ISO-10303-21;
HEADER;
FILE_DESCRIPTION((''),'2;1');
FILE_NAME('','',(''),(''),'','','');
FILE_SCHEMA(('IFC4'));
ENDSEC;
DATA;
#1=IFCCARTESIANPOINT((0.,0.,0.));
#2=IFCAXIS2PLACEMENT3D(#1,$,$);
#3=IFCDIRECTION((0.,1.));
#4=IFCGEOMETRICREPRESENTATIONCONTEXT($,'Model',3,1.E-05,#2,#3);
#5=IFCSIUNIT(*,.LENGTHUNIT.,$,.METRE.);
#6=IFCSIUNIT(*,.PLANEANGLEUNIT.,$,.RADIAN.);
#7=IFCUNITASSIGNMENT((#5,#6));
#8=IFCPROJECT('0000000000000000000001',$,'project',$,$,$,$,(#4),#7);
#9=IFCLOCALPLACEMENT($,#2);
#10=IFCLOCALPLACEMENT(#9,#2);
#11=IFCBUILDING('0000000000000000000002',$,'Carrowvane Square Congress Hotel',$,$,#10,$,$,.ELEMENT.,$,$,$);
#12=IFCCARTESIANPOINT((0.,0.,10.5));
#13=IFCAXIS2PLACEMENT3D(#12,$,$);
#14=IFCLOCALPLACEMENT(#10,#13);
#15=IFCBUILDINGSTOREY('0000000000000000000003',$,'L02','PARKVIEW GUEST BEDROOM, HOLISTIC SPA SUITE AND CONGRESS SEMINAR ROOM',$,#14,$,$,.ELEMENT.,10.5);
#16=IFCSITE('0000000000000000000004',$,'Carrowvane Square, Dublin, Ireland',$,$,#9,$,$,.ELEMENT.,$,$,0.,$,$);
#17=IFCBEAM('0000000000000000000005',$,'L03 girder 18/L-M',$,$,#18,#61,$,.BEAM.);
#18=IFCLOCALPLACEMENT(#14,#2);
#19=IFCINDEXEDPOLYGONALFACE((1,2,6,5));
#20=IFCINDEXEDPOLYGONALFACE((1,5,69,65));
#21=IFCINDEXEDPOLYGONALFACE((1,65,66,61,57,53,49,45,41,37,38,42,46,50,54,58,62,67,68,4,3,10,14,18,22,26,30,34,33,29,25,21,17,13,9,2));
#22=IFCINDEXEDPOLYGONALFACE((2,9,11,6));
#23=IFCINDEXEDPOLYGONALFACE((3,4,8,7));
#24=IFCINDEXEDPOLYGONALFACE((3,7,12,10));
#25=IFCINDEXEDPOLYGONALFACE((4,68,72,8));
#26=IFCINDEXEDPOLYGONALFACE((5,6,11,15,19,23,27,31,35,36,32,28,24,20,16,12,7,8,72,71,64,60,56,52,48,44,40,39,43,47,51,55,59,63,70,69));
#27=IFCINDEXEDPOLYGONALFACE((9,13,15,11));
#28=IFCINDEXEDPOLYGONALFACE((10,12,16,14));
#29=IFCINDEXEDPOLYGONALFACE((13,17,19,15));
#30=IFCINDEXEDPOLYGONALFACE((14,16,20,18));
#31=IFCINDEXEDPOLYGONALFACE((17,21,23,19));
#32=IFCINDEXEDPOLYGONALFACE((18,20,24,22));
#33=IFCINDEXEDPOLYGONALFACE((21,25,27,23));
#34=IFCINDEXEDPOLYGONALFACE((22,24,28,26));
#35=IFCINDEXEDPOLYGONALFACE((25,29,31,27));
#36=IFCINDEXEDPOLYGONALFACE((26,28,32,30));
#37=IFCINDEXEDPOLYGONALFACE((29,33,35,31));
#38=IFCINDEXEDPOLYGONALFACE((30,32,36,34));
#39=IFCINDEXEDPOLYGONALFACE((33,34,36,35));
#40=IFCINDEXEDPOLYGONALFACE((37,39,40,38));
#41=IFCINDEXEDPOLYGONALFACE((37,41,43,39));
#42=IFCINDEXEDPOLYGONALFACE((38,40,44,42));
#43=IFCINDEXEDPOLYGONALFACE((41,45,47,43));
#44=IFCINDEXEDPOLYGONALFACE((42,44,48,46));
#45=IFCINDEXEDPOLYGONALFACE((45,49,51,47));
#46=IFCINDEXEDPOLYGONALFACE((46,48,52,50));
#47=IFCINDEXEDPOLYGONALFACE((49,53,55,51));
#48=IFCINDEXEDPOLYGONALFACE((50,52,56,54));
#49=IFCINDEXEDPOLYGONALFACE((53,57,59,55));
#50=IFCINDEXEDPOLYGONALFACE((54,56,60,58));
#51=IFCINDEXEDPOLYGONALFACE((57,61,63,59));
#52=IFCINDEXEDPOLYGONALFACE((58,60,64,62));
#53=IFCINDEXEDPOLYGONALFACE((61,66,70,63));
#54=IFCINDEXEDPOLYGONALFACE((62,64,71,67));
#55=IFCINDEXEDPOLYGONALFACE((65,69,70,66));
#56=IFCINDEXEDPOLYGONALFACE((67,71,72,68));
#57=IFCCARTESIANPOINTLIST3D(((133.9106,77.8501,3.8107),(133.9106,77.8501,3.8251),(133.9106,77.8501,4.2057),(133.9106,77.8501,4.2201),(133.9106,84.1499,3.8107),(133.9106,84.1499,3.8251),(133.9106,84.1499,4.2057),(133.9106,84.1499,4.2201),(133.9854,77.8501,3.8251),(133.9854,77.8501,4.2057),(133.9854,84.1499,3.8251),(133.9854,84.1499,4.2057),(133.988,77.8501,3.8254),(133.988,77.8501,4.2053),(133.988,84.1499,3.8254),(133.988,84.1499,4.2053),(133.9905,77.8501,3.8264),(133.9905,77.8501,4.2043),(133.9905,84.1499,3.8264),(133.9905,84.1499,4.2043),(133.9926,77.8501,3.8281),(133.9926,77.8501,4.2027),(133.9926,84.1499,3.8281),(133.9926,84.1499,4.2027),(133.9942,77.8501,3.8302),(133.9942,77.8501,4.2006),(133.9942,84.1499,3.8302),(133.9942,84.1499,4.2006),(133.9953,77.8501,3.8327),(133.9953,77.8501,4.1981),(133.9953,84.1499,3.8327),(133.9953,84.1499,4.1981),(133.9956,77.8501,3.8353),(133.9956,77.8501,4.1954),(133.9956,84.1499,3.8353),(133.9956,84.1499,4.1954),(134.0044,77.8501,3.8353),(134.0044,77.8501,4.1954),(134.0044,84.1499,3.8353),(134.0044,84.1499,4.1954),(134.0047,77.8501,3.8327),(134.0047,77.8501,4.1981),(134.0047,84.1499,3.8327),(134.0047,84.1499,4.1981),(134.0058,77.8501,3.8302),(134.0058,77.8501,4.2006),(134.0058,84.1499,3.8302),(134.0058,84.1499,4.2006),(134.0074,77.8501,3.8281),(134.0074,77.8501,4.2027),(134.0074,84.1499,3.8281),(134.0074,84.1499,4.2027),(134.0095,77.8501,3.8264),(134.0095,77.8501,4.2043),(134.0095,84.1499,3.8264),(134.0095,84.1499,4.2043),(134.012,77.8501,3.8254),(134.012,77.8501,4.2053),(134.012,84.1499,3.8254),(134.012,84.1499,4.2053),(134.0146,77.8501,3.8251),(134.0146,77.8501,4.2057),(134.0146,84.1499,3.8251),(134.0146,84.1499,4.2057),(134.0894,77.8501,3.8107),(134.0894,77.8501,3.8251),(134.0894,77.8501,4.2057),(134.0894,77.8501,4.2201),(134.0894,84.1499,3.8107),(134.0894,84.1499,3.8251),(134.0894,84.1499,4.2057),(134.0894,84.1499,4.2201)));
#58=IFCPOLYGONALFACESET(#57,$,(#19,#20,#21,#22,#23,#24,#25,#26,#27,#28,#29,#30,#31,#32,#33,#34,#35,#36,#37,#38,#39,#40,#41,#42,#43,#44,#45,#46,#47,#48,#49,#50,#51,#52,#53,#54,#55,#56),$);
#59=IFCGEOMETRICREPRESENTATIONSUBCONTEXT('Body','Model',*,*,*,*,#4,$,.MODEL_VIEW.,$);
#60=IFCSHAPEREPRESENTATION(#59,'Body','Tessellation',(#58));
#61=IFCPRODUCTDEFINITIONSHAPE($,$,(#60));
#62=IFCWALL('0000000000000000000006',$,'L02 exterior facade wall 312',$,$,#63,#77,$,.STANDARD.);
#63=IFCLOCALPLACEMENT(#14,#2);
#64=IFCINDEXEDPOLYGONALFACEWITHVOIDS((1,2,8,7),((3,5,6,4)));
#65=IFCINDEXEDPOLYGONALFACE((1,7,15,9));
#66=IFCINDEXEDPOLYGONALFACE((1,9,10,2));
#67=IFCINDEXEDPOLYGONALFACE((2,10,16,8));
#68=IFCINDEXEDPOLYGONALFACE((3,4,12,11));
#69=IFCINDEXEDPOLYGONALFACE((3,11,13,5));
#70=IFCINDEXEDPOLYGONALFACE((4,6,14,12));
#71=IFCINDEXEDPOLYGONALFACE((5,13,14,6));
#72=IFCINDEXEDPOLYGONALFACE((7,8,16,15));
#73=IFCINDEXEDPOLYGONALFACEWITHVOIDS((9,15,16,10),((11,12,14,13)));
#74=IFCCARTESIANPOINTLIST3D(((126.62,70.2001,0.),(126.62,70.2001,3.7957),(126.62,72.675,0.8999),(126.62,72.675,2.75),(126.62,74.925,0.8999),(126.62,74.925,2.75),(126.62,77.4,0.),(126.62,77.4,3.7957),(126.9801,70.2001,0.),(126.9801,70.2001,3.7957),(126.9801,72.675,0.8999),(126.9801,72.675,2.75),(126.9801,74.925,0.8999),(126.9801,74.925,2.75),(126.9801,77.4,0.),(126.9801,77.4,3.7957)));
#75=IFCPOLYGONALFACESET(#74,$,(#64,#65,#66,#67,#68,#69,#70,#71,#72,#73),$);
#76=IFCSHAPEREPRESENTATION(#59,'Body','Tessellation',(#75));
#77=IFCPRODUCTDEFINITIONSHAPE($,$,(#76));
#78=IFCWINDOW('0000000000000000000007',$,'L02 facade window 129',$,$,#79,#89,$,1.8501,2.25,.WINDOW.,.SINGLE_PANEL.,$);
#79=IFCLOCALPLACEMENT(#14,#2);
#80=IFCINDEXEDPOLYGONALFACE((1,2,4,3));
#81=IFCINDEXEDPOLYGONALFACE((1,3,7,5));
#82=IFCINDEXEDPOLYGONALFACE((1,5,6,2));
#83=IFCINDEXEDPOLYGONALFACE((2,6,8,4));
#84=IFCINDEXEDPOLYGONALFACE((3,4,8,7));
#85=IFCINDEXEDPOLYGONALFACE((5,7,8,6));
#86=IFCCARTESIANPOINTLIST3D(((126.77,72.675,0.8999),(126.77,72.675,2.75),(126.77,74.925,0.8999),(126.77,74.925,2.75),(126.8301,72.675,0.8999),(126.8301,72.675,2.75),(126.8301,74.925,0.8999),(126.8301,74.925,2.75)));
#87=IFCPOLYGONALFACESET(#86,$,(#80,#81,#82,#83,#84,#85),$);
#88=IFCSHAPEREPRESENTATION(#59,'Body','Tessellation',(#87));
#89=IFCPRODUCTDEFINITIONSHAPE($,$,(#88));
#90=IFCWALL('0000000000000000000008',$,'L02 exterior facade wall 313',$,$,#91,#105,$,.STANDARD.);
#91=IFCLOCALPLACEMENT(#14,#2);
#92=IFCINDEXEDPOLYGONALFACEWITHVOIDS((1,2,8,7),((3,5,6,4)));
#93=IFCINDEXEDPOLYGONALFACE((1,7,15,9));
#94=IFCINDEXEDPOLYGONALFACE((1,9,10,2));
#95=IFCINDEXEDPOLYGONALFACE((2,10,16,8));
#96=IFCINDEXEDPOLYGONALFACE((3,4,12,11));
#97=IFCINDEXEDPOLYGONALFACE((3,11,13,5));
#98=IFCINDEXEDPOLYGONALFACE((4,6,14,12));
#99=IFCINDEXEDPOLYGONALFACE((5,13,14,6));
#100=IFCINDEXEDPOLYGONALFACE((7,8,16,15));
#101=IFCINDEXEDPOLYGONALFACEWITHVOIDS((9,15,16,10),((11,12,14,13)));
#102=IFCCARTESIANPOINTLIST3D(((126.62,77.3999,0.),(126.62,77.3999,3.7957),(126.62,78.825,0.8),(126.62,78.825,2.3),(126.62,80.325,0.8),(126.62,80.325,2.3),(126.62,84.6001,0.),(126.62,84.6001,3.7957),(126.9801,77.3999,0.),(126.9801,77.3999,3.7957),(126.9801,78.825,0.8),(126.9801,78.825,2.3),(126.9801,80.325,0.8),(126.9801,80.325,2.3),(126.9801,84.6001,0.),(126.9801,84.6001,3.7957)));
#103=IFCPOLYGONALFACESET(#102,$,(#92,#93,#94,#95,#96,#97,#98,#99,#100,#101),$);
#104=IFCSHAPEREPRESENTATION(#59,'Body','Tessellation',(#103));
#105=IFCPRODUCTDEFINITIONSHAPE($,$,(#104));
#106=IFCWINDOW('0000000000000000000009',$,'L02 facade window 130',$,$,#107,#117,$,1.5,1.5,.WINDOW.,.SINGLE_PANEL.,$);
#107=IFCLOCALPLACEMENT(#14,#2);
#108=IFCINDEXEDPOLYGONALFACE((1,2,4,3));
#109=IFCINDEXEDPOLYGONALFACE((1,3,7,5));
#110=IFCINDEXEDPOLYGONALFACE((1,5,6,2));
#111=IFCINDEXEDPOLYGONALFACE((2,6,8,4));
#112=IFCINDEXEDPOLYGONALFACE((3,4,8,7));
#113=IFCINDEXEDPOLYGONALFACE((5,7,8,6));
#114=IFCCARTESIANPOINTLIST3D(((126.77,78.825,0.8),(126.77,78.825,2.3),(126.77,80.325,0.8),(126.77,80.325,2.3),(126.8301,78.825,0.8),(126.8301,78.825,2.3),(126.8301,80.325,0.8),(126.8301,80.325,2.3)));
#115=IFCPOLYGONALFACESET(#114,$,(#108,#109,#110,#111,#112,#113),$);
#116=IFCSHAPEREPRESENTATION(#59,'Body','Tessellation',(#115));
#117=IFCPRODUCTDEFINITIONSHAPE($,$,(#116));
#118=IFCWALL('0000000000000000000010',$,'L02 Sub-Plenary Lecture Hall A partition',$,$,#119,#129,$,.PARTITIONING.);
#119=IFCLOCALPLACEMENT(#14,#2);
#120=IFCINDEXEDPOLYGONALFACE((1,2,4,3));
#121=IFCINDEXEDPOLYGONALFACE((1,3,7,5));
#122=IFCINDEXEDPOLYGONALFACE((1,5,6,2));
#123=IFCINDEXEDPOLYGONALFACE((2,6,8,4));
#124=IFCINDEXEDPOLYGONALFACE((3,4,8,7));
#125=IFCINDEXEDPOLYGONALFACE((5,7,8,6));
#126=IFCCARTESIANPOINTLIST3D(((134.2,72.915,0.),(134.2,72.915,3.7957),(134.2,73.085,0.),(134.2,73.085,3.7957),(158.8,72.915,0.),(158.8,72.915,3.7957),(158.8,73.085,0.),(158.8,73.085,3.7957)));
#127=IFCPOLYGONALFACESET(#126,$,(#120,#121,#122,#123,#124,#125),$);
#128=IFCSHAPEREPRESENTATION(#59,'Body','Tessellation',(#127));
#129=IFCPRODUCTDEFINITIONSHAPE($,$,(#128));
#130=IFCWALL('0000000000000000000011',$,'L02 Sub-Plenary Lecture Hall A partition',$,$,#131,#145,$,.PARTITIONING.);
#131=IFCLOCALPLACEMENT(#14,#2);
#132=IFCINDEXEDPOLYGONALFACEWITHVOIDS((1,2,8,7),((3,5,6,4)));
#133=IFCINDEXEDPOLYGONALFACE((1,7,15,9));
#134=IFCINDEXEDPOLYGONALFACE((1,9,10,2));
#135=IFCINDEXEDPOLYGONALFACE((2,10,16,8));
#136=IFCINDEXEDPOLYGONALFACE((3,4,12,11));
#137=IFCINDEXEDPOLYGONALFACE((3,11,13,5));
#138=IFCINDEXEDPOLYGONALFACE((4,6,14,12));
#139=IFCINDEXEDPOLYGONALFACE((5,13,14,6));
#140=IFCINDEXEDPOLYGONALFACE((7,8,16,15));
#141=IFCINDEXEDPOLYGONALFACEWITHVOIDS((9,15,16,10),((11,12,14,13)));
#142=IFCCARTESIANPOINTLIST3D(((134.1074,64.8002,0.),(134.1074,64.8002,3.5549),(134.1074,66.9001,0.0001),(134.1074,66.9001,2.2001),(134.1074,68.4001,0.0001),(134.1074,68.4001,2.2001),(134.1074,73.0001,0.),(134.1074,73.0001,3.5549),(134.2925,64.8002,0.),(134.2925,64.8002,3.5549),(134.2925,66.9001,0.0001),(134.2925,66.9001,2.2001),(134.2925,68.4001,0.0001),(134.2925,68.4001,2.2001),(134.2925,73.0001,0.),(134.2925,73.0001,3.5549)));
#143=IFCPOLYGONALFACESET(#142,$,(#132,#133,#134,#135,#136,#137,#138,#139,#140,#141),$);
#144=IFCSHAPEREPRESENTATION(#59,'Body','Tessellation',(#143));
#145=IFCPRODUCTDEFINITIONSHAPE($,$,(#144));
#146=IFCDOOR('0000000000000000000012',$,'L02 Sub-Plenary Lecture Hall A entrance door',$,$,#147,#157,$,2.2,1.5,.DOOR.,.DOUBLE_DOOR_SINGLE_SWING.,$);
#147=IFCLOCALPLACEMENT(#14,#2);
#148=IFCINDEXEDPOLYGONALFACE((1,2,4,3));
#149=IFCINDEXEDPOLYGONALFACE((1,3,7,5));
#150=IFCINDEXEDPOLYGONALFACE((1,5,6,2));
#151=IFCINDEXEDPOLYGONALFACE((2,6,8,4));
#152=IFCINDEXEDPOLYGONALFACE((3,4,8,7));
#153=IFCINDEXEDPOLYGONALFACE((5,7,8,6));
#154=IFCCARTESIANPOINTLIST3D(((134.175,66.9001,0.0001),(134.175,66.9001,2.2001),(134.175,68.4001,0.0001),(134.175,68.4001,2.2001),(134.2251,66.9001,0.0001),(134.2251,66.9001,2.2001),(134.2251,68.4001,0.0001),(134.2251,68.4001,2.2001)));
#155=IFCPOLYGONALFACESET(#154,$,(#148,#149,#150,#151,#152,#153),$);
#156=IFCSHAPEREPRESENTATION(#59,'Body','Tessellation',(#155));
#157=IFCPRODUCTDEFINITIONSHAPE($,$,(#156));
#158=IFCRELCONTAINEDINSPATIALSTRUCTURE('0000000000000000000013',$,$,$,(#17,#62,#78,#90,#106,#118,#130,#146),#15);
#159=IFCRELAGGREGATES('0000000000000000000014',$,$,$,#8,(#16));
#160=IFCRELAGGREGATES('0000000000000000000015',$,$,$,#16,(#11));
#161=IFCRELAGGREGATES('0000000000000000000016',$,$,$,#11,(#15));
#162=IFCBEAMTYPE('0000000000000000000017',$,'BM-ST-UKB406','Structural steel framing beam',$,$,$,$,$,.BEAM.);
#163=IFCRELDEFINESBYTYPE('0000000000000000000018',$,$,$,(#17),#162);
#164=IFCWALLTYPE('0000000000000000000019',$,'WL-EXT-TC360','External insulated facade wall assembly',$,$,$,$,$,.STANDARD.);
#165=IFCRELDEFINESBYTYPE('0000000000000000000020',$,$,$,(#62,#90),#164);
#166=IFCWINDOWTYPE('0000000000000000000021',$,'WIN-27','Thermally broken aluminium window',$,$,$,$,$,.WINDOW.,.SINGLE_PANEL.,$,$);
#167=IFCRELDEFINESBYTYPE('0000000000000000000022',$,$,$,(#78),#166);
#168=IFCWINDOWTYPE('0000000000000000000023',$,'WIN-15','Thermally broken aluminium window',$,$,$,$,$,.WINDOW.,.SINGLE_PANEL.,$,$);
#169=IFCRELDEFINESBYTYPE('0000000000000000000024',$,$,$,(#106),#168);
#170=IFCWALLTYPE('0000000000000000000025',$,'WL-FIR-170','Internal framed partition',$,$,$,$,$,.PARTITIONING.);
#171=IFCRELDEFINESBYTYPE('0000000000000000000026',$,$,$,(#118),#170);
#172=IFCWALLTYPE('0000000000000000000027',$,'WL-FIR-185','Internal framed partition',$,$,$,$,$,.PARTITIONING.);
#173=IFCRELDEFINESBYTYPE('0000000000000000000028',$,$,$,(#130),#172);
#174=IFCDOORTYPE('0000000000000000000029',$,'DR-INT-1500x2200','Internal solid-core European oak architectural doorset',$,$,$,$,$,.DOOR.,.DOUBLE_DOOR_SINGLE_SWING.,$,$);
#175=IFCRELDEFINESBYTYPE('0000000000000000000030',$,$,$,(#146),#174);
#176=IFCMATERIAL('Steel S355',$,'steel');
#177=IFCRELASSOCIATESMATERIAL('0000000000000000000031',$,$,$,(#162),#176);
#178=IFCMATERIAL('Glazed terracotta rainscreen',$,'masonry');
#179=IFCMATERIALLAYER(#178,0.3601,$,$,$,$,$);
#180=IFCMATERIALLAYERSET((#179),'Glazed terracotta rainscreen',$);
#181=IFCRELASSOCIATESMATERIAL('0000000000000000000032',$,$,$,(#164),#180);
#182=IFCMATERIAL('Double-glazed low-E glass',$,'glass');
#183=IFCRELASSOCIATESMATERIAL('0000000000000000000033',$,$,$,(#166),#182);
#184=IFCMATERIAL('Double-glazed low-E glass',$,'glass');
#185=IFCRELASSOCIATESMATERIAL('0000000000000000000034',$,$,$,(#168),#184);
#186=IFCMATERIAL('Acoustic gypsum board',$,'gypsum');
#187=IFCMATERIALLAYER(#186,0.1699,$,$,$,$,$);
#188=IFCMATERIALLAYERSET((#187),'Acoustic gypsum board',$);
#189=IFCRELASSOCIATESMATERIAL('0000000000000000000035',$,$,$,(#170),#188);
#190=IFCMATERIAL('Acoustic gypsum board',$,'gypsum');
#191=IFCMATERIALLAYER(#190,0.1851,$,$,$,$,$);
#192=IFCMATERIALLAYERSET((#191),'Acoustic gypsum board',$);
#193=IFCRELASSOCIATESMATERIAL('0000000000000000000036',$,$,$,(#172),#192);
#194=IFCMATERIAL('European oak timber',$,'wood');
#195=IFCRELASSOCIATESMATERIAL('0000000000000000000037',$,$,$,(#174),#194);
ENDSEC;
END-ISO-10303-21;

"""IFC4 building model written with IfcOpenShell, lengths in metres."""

from ifc_helpers import new_model, si_unit, direction, frame, frame_2d, origin, origin_2d, place, context, subcontext, project, spatial, rectangle, i_section, extrude, material, layer, layer_set, material_profile, profile_set, type_object, element, fill, save


model = new_model("IFC4")

# Units and contexts
model_context = context("Model", 3, precision=1e-05, world=origin(), true_north=direction((0.0, 1.0)))
body_context = subcontext(model_context, "Body", "Model", "MODEL_VIEW")
ifc_project = project(units=[si_unit("LENGTHUNIT", "METRE"), si_unit("PLANEANGLEUNIT", "RADIAN")], contexts=[model_context])

# Site, building, storey
site_placement = place(None, origin())
site = spatial("IfcSite", under=ifc_project, at=site_placement, Name="Carrowvane Square, Dublin, Ireland", CompositionType="ELEMENT", RefElevation=0.0)
building_placement = place(site_placement, origin())
building = spatial("IfcBuilding", under=site, at=building_placement, Name="Carrowvane Square Congress Hotel", CompositionType="ELEMENT")
storey_placement = place(building_placement, frame((0.0, 0.0, 10.5)))
storey = spatial("IfcBuildingStorey", under=building, at=storey_placement, Name="L02", Description="PARKVIEW GUEST BEDROOM, HOLISTIC SPA SUITE AND CONGRESS SEMINAR ROOM", CompositionType="ELEMENT", Elevation=10.5)

# Beam
ifc_material_1 = material(Name="Steel S355", Category="steel")
ifc_material_profile_1 = material_profile(ifc_material_1, i_section(OverallWidth=0.1787, OverallDepth=0.4094, WebThickness=0.0088, FlangeThickness=0.0144, FilletRadius=0.0103, at=origin_2d()), Name="UKB 406x178x67")
ifc_profile_set_1 = profile_set([ifc_material_profile_1], Name="Steel S355")
beam_type_1 = type_object("IfcBeamType", Name="BM-ST-UKB406", Description="Structural steel framing beam", PredefinedType="BEAM", material=ifc_profile_set_1)
beam_1_placement = place(storey_placement, frame((134.0, 77.8501, 4.0154), z_axis=(0.0, 1.0, 0.0), x_axis=(-1.0, 0.0, 0.0)))
element("IfcBeam", 1, at=beam_1_placement, inside=storey, type_object=beam_type_1, Name="L03 girder 18/L-M", PredefinedType="BEAM", context=body_context, shape_type="SweptSolid", body=[
    extrude(i_section(OverallWidth=0.1787, OverallDepth=0.4094, WebThickness=0.0088, FlangeThickness=0.0144, FilletRadius=0.0103, at=origin_2d()), origin(), (0.0, 0.0, 1.0), 6.2998),
])

# Walls, openings, windows
ifc_material_2 = material(Name="Glazed terracotta rainscreen", Category="masonry")
ifc_layer_1 = layer(ifc_material_2, 0.3601)
ifc_layer_set_1 = layer_set([ifc_layer_1], Name="Glazed terracotta rainscreen")
wall_type_1 = type_object("IfcWallType", Name="WL-EXT-TC360", Description="External insulated facade wall assembly", PredefinedType="STANDARD", material=ifc_layer_set_1)
wall_1_placement = place(storey_placement, frame((126.8, 70.2, 0.0), z_axis=(0.0, 0.0, 1.0), x_axis=(0.0, 1.0, 0.0)))
wall_1 = element("IfcWall", 2, at=wall_1_placement, inside=storey, type_object=wall_type_1, Name="L02 exterior facade wall 312", PredefinedType="STANDARD", context=body_context, shape_type="SweptSolid", body=[
    extrude(rectangle(XDim=7.2, YDim=0.3601, at=frame_2d((3.6001, 0.0))), origin(), (0.0, 0.0, 1.0), 3.7957),
])
opening_1_placement = place(wall_1_placement, frame((2.4751, 0.0, 0.8999)))
opening_1 = element("IfcOpeningElement", 3, at=opening_1_placement, cuts=wall_1, PredefinedType="OPENING", context=body_context, shape_type="SweptSolid", body=[
    extrude(rectangle(XDim=2.25, YDim=1.8501, at=frame_2d((1.125, 0.925))), frame((0.0, 0.1899, 0.0), z_axis=(0.0, -1.0, 0.0), x_axis=(1.0, 0.0, 0.0)), (0.0, 0.0, 1.0), 0.3801),
])
ifc_material_3 = material(Name="Double-glazed low-E glass", Category="glass")
window_type_1 = type_object("IfcWindowType", Name="WIN-27", Description="Thermally broken aluminium window", PartitioningType="SINGLE_PANEL", PredefinedType="WINDOW", material=ifc_material_3)
window_1_placement = place(opening_1_placement, origin())
window_1 = element("IfcWindow", 4, at=window_1_placement, inside=storey, type_object=window_type_1, Name="L02 facade window 129", OverallHeight=1.8501, OverallWidth=2.25, PartitioningType="SINGLE_PANEL", PredefinedType="WINDOW", context=body_context, shape_type="SweptSolid", body=[
    extrude(rectangle(XDim=2.25, YDim=1.8501, at=frame_2d((1.125, 0.925))), frame((0.0, 0.03, 0.0), z_axis=(0.0, -1.0, 0.0), x_axis=(1.0, 0.0, 0.0)), (0.0, 0.0, 1.0), 0.0601),
])
fill(opening_1, window_1)
wall_2_placement = place(storey_placement, frame((126.8, 77.3999, 0.0), z_axis=(0.0, 0.0, 1.0), x_axis=(0.0, 1.0, 0.0)))
wall_2 = element("IfcWall", 5, at=wall_2_placement, inside=storey, type_object=wall_type_1, Name="L02 exterior facade wall 313", PredefinedType="STANDARD", context=body_context, shape_type="SweptSolid", body=[
    extrude(rectangle(XDim=7.2002, YDim=0.3601, at=frame_2d((3.6001, 0.0))), origin(), (0.0, 0.0, 1.0), 3.7957),
])
opening_2_placement = place(wall_2_placement, frame((1.425, 0.0, 0.8)))
opening_2 = element("IfcOpeningElement", 6, at=opening_2_placement, cuts=wall_2, PredefinedType="OPENING", context=body_context, shape_type="SweptSolid", body=[
    extrude(rectangle(XDim=1.5, YDim=1.5, at=frame_2d((0.75, 0.75))), frame((0.0, 0.1899, 0.0), z_axis=(0.0, -1.0, 0.0), x_axis=(1.0, 0.0, 0.0)), (0.0, 0.0, 1.0), 0.3801),
])
ifc_material_4 = material(Name="Double-glazed low-E glass", Category="glass")
window_type_2 = type_object("IfcWindowType", Name="WIN-15", Description="Thermally broken aluminium window", PartitioningType="SINGLE_PANEL", PredefinedType="WINDOW", material=ifc_material_4)
window_2_placement = place(opening_2_placement, origin())
window_2 = element("IfcWindow", 7, at=window_2_placement, inside=storey, type_object=window_type_2, Name="L02 facade window 130", OverallHeight=1.5, OverallWidth=1.5, PartitioningType="SINGLE_PANEL", PredefinedType="WINDOW", context=body_context, shape_type="SweptSolid", body=[
    extrude(rectangle(XDim=1.5, YDim=1.5, at=frame_2d((0.75, 0.75))), frame((0.0, 0.03, 0.0), z_axis=(0.0, -1.0, 0.0), x_axis=(1.0, 0.0, 0.0)), (0.0, 0.0, 1.0), 0.0601),
])
fill(opening_2, window_2)

# Wall
ifc_material_5 = material(Name="Acoustic gypsum board", Category="gypsum")
ifc_layer_2 = layer(ifc_material_5, 0.1699)
ifc_layer_set_2 = layer_set([ifc_layer_2], Name="Acoustic gypsum board")
wall_type_2 = type_object("IfcWallType", Name="WL-FIR-170", Description="Internal framed partition", PredefinedType="PARTITIONING", material=ifc_layer_set_2)
wall_3_placement = place(storey_placement, frame((134.2, 73.0, 0.0), z_axis=(0.0, 0.0, 1.0), x_axis=(1.0, 0.0, 0.0)))
element("IfcWall", 8, at=wall_3_placement, inside=storey, type_object=wall_type_2, Name="L02 Sub-Plenary Lecture Hall A partition", PredefinedType="PARTITIONING", context=body_context, shape_type="SweptSolid", body=[
    extrude(rectangle(XDim=24.6001, YDim=0.1699, at=frame_2d((12.3, 0.0))), origin(), (0.0, 0.0, 1.0), 3.7957),
])

# Wall, opening, door
ifc_material_6 = material(Name="Acoustic gypsum board", Category="gypsum")
ifc_layer_3 = layer(ifc_material_6, 0.1851)
ifc_layer_set_3 = layer_set([ifc_layer_3], Name="Acoustic gypsum board")
wall_type_3 = type_object("IfcWallType", Name="WL-FIR-185", Description="Internal framed partition", PredefinedType="PARTITIONING", material=ifc_layer_set_3)
wall_4_placement = place(storey_placement, frame((134.2, 64.8, 0.0), z_axis=(0.0, 0.0, 1.0), x_axis=(0.0, 1.0, 0.0)))
wall_4 = element("IfcWall", 9, at=wall_4_placement, inside=storey, type_object=wall_type_3, Name="L02 Sub-Plenary Lecture Hall A partition", PredefinedType="PARTITIONING", context=body_context, shape_type="SweptSolid", body=[
    extrude(rectangle(XDim=8.2, YDim=0.1851, at=frame_2d((4.1001, 0.0))), origin(), (0.0, 0.0, 1.0), 3.5549),
])
opening_3_placement = place(wall_4_placement, frame((2.1001, 0.0, 0.0)))
opening_3 = element("IfcOpeningElement", 10, at=opening_3_placement, cuts=wall_4, PredefinedType="OPENING", context=body_context, shape_type="SweptSolid", body=[
    extrude(rectangle(XDim=1.5, YDim=2.2, at=frame_2d((0.75, 1.1001))), frame((0.0, 0.1025, 0.0), z_axis=(0.0, -1.0, 0.0), x_axis=(1.0, 0.0, 0.0)), (0.0, 0.0, 1.0), 0.2051),
])
ifc_material_7 = material(Name="European oak timber", Category="wood")
door_type = type_object("IfcDoorType", Name="DR-INT-1500x2200", Description="Internal solid-core European oak architectural doorset", OperationType="DOUBLE_DOOR_SINGLE_SWING", PredefinedType="DOOR", material=ifc_material_7)
door_placement = place(opening_3_placement, origin())
door = element("IfcDoor", 11, at=door_placement, inside=storey, type_object=door_type, Name="L02 Sub-Plenary Lecture Hall A entrance door", OperationType="DOUBLE_DOOR_SINGLE_SWING", OverallHeight=2.2, OverallWidth=1.5, PredefinedType="DOOR", context=body_context, shape_type="SweptSolid", body=[
    extrude(rectangle(XDim=1.5, YDim=2.2, at=frame_2d((0.75, 1.1001))), frame((0.0, 0.0249, 0.0), z_axis=(0.0, -1.0, 0.0), x_axis=(1.0, 0.0, 0.0)), (0.0, 0.0, 1.0), 0.05),
])
fill(opening_3, door)

save(model, "model.ifc")
